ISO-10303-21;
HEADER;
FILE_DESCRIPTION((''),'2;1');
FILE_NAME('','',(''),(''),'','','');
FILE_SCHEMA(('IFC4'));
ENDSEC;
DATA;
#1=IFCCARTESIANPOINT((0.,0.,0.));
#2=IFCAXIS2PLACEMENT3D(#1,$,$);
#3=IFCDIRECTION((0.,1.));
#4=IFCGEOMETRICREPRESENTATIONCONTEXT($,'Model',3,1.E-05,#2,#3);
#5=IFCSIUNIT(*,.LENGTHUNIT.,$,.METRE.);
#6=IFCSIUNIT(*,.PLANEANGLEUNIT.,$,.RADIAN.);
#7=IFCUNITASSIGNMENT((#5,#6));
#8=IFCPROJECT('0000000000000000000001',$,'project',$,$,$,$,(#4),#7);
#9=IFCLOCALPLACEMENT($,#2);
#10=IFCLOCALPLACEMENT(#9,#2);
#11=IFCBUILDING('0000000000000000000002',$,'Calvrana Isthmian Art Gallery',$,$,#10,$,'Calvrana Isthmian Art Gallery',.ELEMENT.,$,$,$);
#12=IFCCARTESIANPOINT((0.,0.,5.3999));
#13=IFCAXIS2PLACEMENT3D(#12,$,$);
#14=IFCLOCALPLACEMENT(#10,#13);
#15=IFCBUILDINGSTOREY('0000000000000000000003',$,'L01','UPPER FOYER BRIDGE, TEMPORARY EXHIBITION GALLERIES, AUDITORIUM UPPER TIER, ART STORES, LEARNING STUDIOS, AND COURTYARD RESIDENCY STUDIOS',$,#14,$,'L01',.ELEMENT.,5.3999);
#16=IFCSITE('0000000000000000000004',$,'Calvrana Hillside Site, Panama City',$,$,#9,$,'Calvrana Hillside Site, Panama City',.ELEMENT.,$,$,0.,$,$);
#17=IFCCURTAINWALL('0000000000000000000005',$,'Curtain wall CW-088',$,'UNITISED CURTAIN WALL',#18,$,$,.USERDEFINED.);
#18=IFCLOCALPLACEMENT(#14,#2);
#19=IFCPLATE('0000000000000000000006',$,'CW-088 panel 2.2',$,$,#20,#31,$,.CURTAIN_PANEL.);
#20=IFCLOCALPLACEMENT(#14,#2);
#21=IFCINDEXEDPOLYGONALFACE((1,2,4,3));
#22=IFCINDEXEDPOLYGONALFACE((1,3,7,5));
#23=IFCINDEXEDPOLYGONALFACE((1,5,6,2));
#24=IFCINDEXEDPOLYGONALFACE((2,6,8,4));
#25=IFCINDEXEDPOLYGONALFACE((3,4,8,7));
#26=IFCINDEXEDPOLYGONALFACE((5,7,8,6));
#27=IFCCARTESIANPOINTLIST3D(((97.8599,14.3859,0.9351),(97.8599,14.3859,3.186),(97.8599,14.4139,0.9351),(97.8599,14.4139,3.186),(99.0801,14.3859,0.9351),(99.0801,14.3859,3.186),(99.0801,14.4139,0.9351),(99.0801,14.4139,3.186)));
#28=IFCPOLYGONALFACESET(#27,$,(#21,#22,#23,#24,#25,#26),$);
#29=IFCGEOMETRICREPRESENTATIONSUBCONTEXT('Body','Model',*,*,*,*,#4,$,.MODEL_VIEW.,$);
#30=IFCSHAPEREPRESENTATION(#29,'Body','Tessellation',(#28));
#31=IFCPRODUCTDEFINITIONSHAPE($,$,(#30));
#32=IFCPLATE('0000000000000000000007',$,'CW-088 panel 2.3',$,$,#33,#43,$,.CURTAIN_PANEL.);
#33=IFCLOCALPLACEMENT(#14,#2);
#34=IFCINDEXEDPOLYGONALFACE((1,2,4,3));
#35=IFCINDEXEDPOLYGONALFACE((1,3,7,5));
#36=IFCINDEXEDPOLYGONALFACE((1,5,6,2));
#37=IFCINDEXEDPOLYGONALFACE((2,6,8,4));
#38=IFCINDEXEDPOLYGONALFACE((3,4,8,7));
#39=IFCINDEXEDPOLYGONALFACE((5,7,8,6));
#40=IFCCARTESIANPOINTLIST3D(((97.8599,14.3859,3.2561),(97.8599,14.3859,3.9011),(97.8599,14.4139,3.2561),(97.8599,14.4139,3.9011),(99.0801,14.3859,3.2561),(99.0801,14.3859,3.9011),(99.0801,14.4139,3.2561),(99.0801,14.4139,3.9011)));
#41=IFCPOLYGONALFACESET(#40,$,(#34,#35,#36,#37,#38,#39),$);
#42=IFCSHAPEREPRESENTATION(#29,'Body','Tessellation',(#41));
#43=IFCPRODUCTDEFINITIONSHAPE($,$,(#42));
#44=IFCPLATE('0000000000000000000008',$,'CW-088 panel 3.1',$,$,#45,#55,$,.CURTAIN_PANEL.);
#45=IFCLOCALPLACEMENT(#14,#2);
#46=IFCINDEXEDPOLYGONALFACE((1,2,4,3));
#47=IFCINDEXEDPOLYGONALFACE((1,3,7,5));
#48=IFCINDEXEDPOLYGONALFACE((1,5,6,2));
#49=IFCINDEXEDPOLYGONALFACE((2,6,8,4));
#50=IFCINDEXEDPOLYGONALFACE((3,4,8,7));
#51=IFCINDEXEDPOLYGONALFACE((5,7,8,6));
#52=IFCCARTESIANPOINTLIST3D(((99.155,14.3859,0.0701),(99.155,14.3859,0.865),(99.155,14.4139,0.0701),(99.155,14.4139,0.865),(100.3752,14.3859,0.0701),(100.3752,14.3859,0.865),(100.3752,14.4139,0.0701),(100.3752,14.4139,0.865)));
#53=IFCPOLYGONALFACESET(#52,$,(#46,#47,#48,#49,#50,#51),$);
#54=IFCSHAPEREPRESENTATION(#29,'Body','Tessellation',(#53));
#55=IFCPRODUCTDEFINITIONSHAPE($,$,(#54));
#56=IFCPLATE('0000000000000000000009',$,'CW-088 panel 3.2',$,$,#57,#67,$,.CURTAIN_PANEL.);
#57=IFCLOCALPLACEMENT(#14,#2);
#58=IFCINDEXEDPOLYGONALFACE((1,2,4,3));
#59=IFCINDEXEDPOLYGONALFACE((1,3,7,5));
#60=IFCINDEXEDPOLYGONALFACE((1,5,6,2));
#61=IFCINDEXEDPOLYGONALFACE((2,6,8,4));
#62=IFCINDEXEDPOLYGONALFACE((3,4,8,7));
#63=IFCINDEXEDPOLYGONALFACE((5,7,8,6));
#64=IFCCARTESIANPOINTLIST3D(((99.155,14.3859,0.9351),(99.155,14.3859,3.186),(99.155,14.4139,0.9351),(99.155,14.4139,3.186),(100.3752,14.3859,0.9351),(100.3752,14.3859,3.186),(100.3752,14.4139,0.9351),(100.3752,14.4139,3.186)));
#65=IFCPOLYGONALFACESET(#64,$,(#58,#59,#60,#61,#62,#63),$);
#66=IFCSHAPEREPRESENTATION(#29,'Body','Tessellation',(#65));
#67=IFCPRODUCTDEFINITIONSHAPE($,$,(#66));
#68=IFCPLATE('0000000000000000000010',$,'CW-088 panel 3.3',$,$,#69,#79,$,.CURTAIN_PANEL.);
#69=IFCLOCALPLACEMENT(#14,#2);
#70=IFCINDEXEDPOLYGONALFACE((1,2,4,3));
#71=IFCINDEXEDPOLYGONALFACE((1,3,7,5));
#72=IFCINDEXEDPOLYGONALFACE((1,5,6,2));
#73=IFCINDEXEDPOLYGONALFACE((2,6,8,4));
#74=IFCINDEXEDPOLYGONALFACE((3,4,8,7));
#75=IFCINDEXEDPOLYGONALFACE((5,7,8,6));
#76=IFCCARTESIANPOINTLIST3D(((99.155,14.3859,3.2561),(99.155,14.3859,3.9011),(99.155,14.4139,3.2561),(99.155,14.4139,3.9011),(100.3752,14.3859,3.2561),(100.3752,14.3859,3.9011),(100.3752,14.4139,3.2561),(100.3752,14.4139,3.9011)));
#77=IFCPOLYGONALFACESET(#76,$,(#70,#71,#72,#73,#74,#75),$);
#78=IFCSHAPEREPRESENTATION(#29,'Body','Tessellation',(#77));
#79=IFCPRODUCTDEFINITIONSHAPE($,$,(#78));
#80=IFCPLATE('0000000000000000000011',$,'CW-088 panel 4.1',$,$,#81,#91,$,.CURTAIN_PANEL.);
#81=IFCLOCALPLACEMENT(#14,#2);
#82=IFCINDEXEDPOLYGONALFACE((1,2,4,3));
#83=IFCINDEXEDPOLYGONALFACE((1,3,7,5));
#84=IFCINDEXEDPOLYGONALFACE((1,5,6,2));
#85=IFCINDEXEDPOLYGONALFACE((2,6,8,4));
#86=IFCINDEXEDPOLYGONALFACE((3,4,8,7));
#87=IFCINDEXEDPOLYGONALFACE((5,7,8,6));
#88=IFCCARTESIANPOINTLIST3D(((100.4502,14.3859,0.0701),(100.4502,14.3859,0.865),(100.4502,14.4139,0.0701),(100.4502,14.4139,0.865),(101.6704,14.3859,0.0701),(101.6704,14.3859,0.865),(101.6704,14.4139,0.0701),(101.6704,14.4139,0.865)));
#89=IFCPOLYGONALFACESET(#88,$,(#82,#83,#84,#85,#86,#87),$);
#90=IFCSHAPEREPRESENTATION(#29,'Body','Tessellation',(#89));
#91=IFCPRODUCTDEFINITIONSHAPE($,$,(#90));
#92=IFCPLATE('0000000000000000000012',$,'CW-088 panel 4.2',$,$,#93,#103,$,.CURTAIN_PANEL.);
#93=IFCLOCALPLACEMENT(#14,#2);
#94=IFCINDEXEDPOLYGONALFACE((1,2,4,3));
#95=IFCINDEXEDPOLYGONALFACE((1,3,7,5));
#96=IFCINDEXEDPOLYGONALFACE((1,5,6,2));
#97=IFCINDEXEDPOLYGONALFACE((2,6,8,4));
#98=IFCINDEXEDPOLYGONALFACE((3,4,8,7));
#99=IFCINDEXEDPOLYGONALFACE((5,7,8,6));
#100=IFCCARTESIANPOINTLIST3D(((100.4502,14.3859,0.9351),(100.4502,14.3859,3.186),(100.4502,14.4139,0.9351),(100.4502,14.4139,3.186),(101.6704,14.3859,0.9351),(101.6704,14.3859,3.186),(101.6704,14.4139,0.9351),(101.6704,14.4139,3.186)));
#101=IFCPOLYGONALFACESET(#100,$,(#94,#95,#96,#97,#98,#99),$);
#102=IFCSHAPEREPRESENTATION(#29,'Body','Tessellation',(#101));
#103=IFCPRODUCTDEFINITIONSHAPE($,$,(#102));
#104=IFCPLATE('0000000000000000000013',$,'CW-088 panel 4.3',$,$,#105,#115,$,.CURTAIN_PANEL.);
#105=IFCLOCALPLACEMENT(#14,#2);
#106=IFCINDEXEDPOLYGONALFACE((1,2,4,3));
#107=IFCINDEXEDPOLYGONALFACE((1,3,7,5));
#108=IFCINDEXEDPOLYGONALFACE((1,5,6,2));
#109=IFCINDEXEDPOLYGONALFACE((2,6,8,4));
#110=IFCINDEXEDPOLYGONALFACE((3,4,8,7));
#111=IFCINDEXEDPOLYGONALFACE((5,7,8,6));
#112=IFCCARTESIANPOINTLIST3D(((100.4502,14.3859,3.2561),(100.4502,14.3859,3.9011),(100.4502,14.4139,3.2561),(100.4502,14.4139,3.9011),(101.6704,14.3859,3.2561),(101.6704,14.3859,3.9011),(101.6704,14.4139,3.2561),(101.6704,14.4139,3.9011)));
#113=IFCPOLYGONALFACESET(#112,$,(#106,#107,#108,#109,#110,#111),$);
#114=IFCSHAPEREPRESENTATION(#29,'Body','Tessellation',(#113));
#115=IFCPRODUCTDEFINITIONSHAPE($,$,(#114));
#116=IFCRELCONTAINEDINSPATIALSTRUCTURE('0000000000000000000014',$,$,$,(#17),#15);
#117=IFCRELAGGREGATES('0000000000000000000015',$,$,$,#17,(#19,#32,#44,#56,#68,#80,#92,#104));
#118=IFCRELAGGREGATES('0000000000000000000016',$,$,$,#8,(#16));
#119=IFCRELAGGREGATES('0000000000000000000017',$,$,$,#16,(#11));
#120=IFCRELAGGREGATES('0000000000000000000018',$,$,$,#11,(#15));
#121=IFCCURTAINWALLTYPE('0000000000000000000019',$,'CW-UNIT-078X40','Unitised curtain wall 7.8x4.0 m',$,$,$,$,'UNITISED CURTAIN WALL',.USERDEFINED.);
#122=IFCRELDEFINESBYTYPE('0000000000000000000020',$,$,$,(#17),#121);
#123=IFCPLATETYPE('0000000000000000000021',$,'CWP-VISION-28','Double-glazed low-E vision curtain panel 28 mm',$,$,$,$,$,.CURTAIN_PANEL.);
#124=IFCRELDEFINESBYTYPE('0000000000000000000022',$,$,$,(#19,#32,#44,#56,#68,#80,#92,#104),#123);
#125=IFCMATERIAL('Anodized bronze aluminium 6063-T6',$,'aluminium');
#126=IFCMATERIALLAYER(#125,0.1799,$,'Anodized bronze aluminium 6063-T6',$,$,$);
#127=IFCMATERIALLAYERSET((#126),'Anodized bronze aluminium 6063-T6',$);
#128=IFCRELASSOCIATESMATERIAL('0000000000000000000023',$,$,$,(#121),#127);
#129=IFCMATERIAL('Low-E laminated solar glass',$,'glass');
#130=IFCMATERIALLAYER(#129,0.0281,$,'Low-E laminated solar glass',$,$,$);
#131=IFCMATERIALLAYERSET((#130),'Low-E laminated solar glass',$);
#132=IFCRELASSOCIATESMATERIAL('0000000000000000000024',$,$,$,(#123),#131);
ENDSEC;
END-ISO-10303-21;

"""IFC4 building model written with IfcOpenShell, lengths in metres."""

from ifc_helpers import new_model, si_unit, direction, frame, origin, origin_2d, place, context, subcontext, project, spatial, rectangle, extrude, material, layer, layer_set, type_object, element, aggregate, save


model = new_model("IFC4")

# Units and contexts
model_context = context("Model", 3, precision=1e-05, world=origin(), true_north=direction((0.0, 1.0)))
body_context = subcontext(model_context, "Body", "Model", "MODEL_VIEW")
ifc_project = project(units=[si_unit("LENGTHUNIT", "METRE"), si_unit("PLANEANGLEUNIT", "RADIAN")], contexts=[model_context])

# Site, building, storey
site_placement = place(None, origin())
site = spatial("IfcSite", under=ifc_project, at=site_placement, Name="Calvrana Hillside Site, Panama City", LongName="Calvrana Hillside Site, Panama City", CompositionType="ELEMENT", RefElevation=0.0)
building_placement = place(site_placement, origin())
building = spatial("IfcBuilding", under=site, at=building_placement, Name="Calvrana Isthmian Art Gallery", LongName="Calvrana Isthmian Art Gallery", CompositionType="ELEMENT")
storey_placement = place(building_placement, frame((0.0, 0.0, 5.3999)))
storey = spatial("IfcBuildingStorey", under=building, at=storey_placement, Name="L01", Description="UPPER FOYER BRIDGE, TEMPORARY EXHIBITION GALLERIES, AUDITORIUM UPPER TIER, ART STORES, LEARNING STUDIOS, AND COURTYARD RESIDENCY STUDIOS", LongName="L01", CompositionType="ELEMENT", Elevation=5.3999)

# Shared definitions
ifc_material_1 = material(Name="Anodized bronze aluminium 6063-T6", Category="aluminium")

# Curtain wall
ifc_layer_1 = layer(ifc_material_1, 0.1799, Name="Anodized bronze aluminium 6063-T6")
ifc_layer_set_1 = layer_set([ifc_layer_1], Name="Anodized bronze aluminium 6063-T6")
curtain_wall_type_1 = type_object("IfcCurtainWallType", Name="CW-UNIT-078X40", Description="Unitised curtain wall 7.8x4.0 m", ElementType="UNITISED CURTAIN WALL", PredefinedType="USERDEFINED", material=ifc_layer_set_1)
curtain_wall_1_placement = place(storey_placement, origin())
curtain_wall_1 = element("IfcCurtainWall", 1, at=curtain_wall_1_placement, inside=storey, type_object=curtain_wall_type_1, Name="Curtain wall CW-088", ObjectType="UNITISED CURTAIN WALL", PredefinedType="USERDEFINED")

# Plates
ifc_material_2 = material(Name="Low-E laminated solar glass", Category="glass")
ifc_layer_2 = layer(ifc_material_2, 0.0281, Name="Low-E laminated solar glass")
ifc_layer_set_2 = layer_set([ifc_layer_2], Name="Low-E laminated solar glass")
plate_type_1 = type_object("IfcPlateType", Name="CWP-VISION-28", Description="Double-glazed low-E vision curtain panel 28 mm", PredefinedType="CURTAIN_PANEL", material=ifc_layer_set_2)
plate_1_placement = place(storey_placement, frame((98.47, 14.3999, 0.9351), z_axis=(0.0, 0.0, 1.0), x_axis=(1.0, 0.0, 0.0)))
plate_1 = element("IfcPlate", 2, at=plate_1_placement, type_object=plate_type_1, Name="CW-088 panel 2.2", PredefinedType="CURTAIN_PANEL", context=body_context, shape_type="SweptSolid", body=[
    extrude(rectangle(XDim=1.2202, YDim=0.0281, at=origin_2d()), origin(), (0.0, 0.0, 1.0), 2.251),
])
plate_2_placement = place(storey_placement, frame((98.47, 14.3999, 3.2561), z_axis=(0.0, 0.0, 1.0), x_axis=(1.0, 0.0, 0.0)))
plate_2 = element("IfcPlate", 3, at=plate_2_placement, type_object=plate_type_1, Name="CW-088 panel 2.3", PredefinedType="CURTAIN_PANEL", context=body_context, shape_type="SweptSolid", body=[
    extrude(rectangle(XDim=1.2202, YDim=0.0281, at=origin_2d()), origin(), (0.0, 0.0, 1.0), 0.645),
])
plate_3_placement = place(storey_placement, frame((99.7651, 14.3999, 0.0701), z_axis=(0.0, 0.0, 1.0), x_axis=(1.0, 0.0, 0.0)))
plate_3 = element("IfcPlate", 4, at=plate_3_placement, type_object=plate_type_1, Name="CW-088 panel 3.1", PredefinedType="CURTAIN_PANEL", context=body_context, shape_type="SweptSolid", body=[
    extrude(rectangle(XDim=1.2202, YDim=0.0281, at=origin_2d()), origin(), (0.0, 0.0, 1.0), 0.7949),
])
plate_4_placement = place(storey_placement, frame((99.7651, 14.3999, 0.9351), z_axis=(0.0, 0.0, 1.0), x_axis=(1.0, 0.0, 0.0)))
plate_4 = element("IfcPlate", 5, at=plate_4_placement, type_object=plate_type_1, Name="CW-088 panel 3.2", PredefinedType="CURTAIN_PANEL", context=body_context, shape_type="SweptSolid", body=[
    extrude(rectangle(XDim=1.2202, YDim=0.0281, at=origin_2d()), origin(), (0.0, 0.0, 1.0), 2.251),
])
plate_5_placement = place(storey_placement, frame((99.7651, 14.3999, 3.2561), z_axis=(0.0, 0.0, 1.0), x_axis=(1.0, 0.0, 0.0)))
plate_5 = element("IfcPlate", 6, at=plate_5_placement, type_object=plate_type_1, Name="CW-088 panel 3.3", PredefinedType="CURTAIN_PANEL", context=body_context, shape_type="SweptSolid", body=[
    extrude(rectangle(XDim=1.2202, YDim=0.0281, at=origin_2d()), origin(), (0.0, 0.0, 1.0), 0.645),
])
plate_6_placement = place(storey_placement, frame((101.0603, 14.3999, 0.0701), z_axis=(0.0, 0.0, 1.0), x_axis=(1.0, 0.0, 0.0)))
plate_6 = element("IfcPlate", 7, at=plate_6_placement, type_object=plate_type_1, Name="CW-088 panel 4.1", PredefinedType="CURTAIN_PANEL", context=body_context, shape_type="SweptSolid", body=[
    extrude(rectangle(XDim=1.2202, YDim=0.0281, at=origin_2d()), origin(), (0.0, 0.0, 1.0), 0.7949),
])
plate_7_placement = place(storey_placement, frame((101.0603, 14.3999, 0.9351), z_axis=(0.0, 0.0, 1.0), x_axis=(1.0, 0.0, 0.0)))
plate_7 = element("IfcPlate", 8, at=plate_7_placement, type_object=plate_type_1, Name="CW-088 panel 4.2", PredefinedType="CURTAIN_PANEL", context=body_context, shape_type="SweptSolid", body=[
    extrude(rectangle(XDim=1.2202, YDim=0.0281, at=origin_2d()), origin(), (0.0, 0.0, 1.0), 2.251),
])
plate_8_placement = place(storey_placement, frame((101.0603, 14.3999, 3.2561), z_axis=(0.0, 0.0, 1.0), x_axis=(1.0, 0.0, 0.0)))
plate_8 = element("IfcPlate", 9, at=plate_8_placement, type_object=plate_type_1, Name="CW-088 panel 4.3", PredefinedType="CURTAIN_PANEL", context=body_context, shape_type="SweptSolid", body=[
    extrude(rectangle(XDim=1.2202, YDim=0.0281, at=origin_2d()), origin(), (0.0, 0.0, 1.0), 0.645),
])
aggregate(curtain_wall_1, [plate_1, plate_2, plate_3, plate_4, plate_5, plate_6, plate_7, plate_8])

save(model, "model.ifc")
